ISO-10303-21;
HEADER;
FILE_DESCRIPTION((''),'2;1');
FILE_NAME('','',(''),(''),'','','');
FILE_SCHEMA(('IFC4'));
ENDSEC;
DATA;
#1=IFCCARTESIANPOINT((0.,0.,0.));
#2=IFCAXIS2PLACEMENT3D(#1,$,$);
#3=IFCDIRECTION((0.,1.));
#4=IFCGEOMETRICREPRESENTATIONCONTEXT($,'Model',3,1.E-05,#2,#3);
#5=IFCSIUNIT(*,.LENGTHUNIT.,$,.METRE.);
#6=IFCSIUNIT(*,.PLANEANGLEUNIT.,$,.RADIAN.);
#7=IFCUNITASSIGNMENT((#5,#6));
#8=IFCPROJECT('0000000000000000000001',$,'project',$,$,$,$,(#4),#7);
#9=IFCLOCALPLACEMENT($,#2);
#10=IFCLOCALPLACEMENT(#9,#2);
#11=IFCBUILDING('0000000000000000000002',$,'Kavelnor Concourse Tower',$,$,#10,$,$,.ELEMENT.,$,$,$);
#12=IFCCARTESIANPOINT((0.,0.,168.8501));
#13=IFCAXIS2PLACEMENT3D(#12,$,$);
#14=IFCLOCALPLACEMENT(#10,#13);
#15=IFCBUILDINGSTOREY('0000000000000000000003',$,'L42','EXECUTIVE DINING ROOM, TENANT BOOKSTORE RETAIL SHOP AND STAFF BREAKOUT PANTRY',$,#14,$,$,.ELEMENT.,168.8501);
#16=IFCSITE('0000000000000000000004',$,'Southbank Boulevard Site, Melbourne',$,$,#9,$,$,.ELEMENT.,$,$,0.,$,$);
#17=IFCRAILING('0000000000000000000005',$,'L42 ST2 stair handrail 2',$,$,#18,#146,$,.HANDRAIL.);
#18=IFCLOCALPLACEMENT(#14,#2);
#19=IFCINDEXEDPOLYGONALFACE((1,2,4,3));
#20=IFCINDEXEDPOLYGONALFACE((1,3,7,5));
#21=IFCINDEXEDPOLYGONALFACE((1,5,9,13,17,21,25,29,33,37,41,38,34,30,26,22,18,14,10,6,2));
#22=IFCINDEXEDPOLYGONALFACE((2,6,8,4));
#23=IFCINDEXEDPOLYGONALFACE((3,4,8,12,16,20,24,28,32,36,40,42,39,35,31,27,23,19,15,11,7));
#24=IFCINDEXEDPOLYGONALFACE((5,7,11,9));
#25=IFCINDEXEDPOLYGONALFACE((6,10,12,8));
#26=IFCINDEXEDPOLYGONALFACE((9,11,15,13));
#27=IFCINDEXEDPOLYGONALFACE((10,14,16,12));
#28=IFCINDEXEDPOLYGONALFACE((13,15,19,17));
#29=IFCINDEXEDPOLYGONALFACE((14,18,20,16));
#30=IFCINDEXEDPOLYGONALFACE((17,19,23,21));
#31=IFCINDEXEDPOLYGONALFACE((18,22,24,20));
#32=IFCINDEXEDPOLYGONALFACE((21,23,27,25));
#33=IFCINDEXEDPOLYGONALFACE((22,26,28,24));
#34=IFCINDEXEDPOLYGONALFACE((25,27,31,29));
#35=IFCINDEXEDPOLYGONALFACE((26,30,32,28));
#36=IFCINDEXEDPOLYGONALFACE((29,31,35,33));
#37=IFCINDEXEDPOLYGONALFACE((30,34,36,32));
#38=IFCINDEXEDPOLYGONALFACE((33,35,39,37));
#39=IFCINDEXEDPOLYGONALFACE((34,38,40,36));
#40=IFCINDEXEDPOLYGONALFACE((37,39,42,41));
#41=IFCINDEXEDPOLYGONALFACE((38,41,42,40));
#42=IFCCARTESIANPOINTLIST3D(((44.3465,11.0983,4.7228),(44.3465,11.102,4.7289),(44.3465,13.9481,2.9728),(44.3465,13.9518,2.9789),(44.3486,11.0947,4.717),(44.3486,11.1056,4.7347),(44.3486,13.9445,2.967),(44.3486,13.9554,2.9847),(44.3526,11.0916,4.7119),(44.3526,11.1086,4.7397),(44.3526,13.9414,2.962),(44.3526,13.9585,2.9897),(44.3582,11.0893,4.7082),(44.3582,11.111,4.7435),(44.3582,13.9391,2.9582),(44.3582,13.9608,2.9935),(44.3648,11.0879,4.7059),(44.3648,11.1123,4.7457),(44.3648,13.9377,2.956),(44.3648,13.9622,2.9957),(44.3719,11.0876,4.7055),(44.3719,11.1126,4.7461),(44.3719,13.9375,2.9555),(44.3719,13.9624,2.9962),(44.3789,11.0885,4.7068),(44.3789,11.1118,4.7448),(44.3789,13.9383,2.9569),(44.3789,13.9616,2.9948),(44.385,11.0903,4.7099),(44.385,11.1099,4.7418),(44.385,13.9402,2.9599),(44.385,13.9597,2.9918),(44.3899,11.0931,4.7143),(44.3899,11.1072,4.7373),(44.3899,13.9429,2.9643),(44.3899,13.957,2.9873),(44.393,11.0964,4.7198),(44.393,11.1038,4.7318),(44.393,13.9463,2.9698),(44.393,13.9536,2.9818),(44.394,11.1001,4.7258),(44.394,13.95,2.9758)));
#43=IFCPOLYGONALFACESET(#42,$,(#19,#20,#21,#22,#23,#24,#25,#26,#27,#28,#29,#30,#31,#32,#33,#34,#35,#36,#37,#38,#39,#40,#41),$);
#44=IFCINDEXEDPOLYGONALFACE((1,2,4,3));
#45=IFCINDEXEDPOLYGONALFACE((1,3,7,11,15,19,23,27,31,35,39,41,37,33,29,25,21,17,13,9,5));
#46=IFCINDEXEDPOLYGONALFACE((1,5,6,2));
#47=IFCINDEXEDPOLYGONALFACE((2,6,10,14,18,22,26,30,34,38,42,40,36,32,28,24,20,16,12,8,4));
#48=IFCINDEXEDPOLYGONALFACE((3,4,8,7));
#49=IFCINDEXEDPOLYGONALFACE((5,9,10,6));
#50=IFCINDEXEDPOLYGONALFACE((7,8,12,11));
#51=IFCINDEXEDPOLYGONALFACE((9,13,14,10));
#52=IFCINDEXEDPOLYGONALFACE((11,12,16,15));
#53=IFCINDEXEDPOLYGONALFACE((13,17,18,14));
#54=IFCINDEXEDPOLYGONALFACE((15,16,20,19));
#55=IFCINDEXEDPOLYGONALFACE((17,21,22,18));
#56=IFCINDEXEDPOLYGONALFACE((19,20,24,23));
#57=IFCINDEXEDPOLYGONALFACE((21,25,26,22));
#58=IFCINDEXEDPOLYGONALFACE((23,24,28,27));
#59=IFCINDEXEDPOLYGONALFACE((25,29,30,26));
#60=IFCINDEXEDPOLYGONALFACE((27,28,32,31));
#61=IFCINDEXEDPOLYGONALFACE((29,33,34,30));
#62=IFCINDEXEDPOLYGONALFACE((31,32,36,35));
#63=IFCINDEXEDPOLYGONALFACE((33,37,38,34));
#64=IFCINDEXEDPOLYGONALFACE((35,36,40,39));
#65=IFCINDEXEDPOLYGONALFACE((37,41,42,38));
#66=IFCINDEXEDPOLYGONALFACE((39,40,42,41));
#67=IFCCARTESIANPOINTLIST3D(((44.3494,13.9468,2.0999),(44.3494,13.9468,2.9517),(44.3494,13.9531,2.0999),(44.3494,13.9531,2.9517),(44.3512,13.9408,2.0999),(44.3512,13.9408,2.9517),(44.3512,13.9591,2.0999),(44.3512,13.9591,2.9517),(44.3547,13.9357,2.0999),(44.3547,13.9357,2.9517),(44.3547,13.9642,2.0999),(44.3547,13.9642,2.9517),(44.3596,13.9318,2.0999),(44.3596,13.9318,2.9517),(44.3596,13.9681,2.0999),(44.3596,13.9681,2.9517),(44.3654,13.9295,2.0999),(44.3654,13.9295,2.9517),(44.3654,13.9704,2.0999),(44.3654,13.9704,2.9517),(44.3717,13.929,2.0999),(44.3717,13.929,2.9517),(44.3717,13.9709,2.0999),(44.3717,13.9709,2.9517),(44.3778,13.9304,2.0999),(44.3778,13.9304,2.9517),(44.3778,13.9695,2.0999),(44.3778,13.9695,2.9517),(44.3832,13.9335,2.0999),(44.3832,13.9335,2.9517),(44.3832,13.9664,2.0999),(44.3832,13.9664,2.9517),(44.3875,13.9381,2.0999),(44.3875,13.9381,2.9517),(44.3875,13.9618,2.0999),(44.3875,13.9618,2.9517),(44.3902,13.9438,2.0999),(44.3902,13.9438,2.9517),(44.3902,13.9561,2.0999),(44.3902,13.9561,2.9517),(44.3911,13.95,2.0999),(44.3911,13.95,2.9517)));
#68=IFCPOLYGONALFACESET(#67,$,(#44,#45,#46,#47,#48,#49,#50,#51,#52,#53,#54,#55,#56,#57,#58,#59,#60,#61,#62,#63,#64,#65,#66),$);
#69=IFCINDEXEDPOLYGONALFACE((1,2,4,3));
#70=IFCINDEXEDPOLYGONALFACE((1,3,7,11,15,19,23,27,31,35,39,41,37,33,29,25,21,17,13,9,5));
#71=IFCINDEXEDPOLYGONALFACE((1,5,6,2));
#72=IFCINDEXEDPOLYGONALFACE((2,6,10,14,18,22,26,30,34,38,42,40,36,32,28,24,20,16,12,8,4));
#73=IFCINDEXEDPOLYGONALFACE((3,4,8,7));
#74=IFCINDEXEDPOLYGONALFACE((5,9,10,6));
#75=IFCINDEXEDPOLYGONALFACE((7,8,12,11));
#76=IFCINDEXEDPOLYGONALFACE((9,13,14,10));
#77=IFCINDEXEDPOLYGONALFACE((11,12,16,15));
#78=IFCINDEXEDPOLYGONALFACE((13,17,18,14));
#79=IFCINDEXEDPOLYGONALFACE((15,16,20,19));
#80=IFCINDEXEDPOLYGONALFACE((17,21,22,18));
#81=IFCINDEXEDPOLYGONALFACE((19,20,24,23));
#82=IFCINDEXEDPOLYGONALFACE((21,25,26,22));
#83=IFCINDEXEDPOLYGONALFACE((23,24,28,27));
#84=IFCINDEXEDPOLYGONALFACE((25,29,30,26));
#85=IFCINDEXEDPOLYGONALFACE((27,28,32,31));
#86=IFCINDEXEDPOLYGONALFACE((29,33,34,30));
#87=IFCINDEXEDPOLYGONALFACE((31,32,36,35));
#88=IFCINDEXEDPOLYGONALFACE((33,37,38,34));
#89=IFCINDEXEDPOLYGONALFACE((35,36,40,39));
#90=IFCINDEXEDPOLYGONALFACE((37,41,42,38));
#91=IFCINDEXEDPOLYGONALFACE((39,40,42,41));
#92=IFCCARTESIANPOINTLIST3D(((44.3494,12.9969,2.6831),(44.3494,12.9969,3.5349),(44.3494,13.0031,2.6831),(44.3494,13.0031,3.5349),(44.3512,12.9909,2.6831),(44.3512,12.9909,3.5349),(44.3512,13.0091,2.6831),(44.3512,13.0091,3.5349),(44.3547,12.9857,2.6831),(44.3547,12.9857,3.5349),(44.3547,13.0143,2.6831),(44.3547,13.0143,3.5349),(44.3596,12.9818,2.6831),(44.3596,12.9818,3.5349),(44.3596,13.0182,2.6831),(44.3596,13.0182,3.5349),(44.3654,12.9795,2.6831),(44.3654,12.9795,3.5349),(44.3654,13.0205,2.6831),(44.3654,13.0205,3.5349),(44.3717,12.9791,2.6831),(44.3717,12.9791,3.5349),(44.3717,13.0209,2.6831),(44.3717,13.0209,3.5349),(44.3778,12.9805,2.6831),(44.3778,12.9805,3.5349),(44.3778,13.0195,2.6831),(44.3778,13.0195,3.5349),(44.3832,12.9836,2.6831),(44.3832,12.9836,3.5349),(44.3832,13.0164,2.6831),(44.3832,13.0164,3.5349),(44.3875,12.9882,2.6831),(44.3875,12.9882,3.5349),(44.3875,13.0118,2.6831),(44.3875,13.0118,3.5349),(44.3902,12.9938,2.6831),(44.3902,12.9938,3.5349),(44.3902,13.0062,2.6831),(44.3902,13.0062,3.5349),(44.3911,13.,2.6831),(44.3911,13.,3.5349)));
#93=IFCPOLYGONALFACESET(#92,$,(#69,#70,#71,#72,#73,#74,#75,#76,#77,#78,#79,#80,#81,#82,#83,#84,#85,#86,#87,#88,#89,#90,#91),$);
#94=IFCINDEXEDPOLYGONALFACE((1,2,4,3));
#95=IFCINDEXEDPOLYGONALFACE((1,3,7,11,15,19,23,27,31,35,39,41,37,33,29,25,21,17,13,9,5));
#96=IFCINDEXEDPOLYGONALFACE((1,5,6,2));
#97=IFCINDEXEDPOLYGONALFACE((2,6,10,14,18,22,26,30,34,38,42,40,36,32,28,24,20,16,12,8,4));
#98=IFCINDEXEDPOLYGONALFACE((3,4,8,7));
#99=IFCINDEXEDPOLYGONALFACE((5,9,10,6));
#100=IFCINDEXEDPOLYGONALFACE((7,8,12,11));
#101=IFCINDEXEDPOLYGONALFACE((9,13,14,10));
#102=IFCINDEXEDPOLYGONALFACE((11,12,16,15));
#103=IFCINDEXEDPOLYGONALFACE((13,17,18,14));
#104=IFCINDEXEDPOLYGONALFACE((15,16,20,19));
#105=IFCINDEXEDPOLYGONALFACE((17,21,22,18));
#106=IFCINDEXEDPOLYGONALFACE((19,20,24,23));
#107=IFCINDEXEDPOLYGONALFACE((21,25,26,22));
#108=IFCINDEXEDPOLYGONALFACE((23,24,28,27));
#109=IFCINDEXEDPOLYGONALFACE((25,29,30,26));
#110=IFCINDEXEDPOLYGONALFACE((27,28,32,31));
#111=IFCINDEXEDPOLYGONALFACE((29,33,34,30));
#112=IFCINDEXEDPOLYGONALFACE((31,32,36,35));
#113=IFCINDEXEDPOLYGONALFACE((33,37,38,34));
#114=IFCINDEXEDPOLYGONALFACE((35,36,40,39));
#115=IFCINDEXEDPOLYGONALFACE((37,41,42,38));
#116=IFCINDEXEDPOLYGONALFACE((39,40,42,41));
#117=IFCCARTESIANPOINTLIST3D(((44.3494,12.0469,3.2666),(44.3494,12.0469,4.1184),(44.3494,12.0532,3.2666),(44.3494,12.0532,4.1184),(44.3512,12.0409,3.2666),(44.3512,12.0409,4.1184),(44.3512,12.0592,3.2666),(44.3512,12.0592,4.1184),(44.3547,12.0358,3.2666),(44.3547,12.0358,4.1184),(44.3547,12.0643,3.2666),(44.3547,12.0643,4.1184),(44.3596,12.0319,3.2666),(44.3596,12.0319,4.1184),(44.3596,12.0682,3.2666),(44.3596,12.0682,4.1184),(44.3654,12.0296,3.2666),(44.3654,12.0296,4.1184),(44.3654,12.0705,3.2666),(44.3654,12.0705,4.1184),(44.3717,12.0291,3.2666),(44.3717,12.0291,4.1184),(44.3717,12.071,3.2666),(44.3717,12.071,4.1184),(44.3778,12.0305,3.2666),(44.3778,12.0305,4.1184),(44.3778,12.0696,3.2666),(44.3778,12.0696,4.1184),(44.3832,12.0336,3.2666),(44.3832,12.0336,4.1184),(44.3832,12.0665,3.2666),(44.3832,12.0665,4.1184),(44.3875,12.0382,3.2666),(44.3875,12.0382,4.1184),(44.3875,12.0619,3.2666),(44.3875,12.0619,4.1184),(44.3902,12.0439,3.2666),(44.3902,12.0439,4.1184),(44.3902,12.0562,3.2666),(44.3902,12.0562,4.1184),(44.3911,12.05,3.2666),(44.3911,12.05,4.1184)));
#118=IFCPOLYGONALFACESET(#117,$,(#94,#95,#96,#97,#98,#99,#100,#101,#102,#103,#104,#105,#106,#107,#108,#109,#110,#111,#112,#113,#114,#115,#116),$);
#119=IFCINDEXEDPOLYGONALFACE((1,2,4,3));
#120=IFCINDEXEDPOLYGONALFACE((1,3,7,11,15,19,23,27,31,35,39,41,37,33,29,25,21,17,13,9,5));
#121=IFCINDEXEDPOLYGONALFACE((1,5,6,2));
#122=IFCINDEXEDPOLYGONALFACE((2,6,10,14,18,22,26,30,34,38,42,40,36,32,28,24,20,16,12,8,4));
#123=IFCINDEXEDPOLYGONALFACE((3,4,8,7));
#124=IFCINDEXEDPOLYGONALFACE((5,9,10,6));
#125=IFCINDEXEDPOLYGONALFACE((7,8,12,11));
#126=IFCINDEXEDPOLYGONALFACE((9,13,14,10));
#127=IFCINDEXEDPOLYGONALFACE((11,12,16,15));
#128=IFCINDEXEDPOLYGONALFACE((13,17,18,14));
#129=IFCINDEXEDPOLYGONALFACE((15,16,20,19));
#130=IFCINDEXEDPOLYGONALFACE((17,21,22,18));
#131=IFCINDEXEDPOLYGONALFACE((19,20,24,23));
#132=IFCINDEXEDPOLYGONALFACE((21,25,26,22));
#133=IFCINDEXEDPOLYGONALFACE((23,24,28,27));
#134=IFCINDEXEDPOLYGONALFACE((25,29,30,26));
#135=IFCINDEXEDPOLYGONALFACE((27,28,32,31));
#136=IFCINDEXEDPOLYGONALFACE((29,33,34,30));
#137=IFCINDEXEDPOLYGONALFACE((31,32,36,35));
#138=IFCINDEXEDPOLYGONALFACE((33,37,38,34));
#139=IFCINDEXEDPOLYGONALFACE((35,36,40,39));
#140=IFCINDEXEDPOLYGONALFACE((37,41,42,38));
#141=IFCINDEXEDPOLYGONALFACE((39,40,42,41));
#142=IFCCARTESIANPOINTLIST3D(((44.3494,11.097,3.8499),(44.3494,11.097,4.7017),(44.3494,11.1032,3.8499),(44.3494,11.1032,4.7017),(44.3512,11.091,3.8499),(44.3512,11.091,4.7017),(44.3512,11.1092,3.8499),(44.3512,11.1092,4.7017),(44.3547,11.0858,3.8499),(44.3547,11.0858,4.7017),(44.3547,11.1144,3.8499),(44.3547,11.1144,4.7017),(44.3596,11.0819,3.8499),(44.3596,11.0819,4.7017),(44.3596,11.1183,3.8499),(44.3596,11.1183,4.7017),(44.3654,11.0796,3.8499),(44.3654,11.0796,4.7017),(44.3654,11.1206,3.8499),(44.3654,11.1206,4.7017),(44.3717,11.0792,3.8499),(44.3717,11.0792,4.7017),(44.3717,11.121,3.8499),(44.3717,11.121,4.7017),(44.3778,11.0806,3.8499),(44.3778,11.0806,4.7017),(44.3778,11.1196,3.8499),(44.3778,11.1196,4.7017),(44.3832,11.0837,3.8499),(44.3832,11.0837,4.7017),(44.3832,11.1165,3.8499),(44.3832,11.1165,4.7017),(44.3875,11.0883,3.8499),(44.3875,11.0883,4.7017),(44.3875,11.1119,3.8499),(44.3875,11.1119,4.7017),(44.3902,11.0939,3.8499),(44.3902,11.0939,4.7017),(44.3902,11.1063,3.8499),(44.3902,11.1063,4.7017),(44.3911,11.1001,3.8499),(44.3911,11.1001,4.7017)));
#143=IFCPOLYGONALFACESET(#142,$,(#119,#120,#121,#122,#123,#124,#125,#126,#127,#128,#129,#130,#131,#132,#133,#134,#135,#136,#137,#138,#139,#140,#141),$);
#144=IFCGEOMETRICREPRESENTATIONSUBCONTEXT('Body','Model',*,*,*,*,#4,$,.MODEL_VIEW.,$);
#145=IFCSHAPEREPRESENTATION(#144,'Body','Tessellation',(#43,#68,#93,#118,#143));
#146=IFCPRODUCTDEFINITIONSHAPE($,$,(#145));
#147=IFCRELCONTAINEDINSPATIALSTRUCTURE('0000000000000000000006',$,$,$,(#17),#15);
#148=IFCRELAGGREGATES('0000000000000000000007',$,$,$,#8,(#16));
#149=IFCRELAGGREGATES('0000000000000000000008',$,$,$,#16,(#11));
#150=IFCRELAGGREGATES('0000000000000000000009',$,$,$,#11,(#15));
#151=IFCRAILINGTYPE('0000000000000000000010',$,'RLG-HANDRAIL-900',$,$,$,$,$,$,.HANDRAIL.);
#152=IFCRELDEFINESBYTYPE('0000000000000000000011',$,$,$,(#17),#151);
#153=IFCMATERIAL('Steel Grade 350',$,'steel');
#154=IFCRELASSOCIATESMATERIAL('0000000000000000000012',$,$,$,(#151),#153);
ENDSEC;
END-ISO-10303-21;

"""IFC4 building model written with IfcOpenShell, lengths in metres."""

from ifc_helpers import new_model, si_unit, direction, frame, origin, origin_2d, place, context, subcontext, project, spatial, circle, extrude, material, type_object, element, save


model = new_model("IFC4")

# Units and contexts
model_context = context("Model", 3, precision=1e-05, world=origin(), true_north=direction((0.0, 1.0)))
body_context = subcontext(model_context, "Body", "Model", "MODEL_VIEW")
ifc_project = project(units=[si_unit("LENGTHUNIT", "METRE"), si_unit("PLANEANGLEUNIT", "RADIAN")], contexts=[model_context])

# Site, building, storey
site_placement = place(None, origin())
site = spatial("IfcSite", under=ifc_project, at=site_placement, Name="Southbank Boulevard Site, Melbourne", CompositionType="ELEMENT", RefElevation=0.0)
building_placement = place(site_placement, origin())
building = spatial("IfcBuilding", under=site, at=building_placement, Name="Kavelnor Concourse Tower", CompositionType="ELEMENT")
storey_placement = place(building_placement, frame((0.0, 0.0, 168.8501)))
storey = spatial("IfcBuildingStorey", under=building, at=storey_placement, Name="L42", Description="EXECUTIVE DINING ROOM, TENANT BOOKSTORE RETAIL SHOP AND STAFF BREAKOUT PANTRY", CompositionType="ELEMENT", Elevation=168.8501)

# Shared definitions
ifc_material_1 = material(Name="Steel Grade 350", Category="steel")

# Railing
railing_type_1 = type_object("IfcRailingType", Name="RLG-HANDRAIL-900", PredefinedType="HANDRAIL", material=ifc_material_1)
railing_1_placement = place(storey_placement, frame((44.3701, 13.95, 2.0999)))
element("IfcRailing", 1, at=railing_1_placement, inside=storey, type_object=railing_type_1, Name="L42 ST2 stair handrail 2", PredefinedType="HANDRAIL", context=body_context, shape_type="SweptSolid", body=[
    extrude(circle(Radius=0.0239, at=origin_2d()), frame((0.0, 0.0, 0.876), z_axis=(0.0, -0.852159, 0.523283), x_axis=(1.0, 0.0, 0.0)), (0.0, 0.0, 1.0), 3.3442),
    extrude(circle(Radius=0.021, at=origin_2d()), origin(), (0.0, 0.0, 1.0), 0.8518),
    extrude(circle(Radius=0.021, at=origin_2d()), frame((0.0, -0.95, 0.5833)), (0.0, 0.0, 1.0), 0.8518),
    extrude(circle(Radius=0.021, at=origin_2d()), frame((0.0, -1.8999, 1.1667)), (0.0, 0.0, 1.0), 0.8518),
    extrude(circle(Radius=0.021, at=origin_2d()), frame((0.0, -2.8499, 1.75)), (0.0, 0.0, 1.0), 0.8518),
])

save(model, "model.ifc")
